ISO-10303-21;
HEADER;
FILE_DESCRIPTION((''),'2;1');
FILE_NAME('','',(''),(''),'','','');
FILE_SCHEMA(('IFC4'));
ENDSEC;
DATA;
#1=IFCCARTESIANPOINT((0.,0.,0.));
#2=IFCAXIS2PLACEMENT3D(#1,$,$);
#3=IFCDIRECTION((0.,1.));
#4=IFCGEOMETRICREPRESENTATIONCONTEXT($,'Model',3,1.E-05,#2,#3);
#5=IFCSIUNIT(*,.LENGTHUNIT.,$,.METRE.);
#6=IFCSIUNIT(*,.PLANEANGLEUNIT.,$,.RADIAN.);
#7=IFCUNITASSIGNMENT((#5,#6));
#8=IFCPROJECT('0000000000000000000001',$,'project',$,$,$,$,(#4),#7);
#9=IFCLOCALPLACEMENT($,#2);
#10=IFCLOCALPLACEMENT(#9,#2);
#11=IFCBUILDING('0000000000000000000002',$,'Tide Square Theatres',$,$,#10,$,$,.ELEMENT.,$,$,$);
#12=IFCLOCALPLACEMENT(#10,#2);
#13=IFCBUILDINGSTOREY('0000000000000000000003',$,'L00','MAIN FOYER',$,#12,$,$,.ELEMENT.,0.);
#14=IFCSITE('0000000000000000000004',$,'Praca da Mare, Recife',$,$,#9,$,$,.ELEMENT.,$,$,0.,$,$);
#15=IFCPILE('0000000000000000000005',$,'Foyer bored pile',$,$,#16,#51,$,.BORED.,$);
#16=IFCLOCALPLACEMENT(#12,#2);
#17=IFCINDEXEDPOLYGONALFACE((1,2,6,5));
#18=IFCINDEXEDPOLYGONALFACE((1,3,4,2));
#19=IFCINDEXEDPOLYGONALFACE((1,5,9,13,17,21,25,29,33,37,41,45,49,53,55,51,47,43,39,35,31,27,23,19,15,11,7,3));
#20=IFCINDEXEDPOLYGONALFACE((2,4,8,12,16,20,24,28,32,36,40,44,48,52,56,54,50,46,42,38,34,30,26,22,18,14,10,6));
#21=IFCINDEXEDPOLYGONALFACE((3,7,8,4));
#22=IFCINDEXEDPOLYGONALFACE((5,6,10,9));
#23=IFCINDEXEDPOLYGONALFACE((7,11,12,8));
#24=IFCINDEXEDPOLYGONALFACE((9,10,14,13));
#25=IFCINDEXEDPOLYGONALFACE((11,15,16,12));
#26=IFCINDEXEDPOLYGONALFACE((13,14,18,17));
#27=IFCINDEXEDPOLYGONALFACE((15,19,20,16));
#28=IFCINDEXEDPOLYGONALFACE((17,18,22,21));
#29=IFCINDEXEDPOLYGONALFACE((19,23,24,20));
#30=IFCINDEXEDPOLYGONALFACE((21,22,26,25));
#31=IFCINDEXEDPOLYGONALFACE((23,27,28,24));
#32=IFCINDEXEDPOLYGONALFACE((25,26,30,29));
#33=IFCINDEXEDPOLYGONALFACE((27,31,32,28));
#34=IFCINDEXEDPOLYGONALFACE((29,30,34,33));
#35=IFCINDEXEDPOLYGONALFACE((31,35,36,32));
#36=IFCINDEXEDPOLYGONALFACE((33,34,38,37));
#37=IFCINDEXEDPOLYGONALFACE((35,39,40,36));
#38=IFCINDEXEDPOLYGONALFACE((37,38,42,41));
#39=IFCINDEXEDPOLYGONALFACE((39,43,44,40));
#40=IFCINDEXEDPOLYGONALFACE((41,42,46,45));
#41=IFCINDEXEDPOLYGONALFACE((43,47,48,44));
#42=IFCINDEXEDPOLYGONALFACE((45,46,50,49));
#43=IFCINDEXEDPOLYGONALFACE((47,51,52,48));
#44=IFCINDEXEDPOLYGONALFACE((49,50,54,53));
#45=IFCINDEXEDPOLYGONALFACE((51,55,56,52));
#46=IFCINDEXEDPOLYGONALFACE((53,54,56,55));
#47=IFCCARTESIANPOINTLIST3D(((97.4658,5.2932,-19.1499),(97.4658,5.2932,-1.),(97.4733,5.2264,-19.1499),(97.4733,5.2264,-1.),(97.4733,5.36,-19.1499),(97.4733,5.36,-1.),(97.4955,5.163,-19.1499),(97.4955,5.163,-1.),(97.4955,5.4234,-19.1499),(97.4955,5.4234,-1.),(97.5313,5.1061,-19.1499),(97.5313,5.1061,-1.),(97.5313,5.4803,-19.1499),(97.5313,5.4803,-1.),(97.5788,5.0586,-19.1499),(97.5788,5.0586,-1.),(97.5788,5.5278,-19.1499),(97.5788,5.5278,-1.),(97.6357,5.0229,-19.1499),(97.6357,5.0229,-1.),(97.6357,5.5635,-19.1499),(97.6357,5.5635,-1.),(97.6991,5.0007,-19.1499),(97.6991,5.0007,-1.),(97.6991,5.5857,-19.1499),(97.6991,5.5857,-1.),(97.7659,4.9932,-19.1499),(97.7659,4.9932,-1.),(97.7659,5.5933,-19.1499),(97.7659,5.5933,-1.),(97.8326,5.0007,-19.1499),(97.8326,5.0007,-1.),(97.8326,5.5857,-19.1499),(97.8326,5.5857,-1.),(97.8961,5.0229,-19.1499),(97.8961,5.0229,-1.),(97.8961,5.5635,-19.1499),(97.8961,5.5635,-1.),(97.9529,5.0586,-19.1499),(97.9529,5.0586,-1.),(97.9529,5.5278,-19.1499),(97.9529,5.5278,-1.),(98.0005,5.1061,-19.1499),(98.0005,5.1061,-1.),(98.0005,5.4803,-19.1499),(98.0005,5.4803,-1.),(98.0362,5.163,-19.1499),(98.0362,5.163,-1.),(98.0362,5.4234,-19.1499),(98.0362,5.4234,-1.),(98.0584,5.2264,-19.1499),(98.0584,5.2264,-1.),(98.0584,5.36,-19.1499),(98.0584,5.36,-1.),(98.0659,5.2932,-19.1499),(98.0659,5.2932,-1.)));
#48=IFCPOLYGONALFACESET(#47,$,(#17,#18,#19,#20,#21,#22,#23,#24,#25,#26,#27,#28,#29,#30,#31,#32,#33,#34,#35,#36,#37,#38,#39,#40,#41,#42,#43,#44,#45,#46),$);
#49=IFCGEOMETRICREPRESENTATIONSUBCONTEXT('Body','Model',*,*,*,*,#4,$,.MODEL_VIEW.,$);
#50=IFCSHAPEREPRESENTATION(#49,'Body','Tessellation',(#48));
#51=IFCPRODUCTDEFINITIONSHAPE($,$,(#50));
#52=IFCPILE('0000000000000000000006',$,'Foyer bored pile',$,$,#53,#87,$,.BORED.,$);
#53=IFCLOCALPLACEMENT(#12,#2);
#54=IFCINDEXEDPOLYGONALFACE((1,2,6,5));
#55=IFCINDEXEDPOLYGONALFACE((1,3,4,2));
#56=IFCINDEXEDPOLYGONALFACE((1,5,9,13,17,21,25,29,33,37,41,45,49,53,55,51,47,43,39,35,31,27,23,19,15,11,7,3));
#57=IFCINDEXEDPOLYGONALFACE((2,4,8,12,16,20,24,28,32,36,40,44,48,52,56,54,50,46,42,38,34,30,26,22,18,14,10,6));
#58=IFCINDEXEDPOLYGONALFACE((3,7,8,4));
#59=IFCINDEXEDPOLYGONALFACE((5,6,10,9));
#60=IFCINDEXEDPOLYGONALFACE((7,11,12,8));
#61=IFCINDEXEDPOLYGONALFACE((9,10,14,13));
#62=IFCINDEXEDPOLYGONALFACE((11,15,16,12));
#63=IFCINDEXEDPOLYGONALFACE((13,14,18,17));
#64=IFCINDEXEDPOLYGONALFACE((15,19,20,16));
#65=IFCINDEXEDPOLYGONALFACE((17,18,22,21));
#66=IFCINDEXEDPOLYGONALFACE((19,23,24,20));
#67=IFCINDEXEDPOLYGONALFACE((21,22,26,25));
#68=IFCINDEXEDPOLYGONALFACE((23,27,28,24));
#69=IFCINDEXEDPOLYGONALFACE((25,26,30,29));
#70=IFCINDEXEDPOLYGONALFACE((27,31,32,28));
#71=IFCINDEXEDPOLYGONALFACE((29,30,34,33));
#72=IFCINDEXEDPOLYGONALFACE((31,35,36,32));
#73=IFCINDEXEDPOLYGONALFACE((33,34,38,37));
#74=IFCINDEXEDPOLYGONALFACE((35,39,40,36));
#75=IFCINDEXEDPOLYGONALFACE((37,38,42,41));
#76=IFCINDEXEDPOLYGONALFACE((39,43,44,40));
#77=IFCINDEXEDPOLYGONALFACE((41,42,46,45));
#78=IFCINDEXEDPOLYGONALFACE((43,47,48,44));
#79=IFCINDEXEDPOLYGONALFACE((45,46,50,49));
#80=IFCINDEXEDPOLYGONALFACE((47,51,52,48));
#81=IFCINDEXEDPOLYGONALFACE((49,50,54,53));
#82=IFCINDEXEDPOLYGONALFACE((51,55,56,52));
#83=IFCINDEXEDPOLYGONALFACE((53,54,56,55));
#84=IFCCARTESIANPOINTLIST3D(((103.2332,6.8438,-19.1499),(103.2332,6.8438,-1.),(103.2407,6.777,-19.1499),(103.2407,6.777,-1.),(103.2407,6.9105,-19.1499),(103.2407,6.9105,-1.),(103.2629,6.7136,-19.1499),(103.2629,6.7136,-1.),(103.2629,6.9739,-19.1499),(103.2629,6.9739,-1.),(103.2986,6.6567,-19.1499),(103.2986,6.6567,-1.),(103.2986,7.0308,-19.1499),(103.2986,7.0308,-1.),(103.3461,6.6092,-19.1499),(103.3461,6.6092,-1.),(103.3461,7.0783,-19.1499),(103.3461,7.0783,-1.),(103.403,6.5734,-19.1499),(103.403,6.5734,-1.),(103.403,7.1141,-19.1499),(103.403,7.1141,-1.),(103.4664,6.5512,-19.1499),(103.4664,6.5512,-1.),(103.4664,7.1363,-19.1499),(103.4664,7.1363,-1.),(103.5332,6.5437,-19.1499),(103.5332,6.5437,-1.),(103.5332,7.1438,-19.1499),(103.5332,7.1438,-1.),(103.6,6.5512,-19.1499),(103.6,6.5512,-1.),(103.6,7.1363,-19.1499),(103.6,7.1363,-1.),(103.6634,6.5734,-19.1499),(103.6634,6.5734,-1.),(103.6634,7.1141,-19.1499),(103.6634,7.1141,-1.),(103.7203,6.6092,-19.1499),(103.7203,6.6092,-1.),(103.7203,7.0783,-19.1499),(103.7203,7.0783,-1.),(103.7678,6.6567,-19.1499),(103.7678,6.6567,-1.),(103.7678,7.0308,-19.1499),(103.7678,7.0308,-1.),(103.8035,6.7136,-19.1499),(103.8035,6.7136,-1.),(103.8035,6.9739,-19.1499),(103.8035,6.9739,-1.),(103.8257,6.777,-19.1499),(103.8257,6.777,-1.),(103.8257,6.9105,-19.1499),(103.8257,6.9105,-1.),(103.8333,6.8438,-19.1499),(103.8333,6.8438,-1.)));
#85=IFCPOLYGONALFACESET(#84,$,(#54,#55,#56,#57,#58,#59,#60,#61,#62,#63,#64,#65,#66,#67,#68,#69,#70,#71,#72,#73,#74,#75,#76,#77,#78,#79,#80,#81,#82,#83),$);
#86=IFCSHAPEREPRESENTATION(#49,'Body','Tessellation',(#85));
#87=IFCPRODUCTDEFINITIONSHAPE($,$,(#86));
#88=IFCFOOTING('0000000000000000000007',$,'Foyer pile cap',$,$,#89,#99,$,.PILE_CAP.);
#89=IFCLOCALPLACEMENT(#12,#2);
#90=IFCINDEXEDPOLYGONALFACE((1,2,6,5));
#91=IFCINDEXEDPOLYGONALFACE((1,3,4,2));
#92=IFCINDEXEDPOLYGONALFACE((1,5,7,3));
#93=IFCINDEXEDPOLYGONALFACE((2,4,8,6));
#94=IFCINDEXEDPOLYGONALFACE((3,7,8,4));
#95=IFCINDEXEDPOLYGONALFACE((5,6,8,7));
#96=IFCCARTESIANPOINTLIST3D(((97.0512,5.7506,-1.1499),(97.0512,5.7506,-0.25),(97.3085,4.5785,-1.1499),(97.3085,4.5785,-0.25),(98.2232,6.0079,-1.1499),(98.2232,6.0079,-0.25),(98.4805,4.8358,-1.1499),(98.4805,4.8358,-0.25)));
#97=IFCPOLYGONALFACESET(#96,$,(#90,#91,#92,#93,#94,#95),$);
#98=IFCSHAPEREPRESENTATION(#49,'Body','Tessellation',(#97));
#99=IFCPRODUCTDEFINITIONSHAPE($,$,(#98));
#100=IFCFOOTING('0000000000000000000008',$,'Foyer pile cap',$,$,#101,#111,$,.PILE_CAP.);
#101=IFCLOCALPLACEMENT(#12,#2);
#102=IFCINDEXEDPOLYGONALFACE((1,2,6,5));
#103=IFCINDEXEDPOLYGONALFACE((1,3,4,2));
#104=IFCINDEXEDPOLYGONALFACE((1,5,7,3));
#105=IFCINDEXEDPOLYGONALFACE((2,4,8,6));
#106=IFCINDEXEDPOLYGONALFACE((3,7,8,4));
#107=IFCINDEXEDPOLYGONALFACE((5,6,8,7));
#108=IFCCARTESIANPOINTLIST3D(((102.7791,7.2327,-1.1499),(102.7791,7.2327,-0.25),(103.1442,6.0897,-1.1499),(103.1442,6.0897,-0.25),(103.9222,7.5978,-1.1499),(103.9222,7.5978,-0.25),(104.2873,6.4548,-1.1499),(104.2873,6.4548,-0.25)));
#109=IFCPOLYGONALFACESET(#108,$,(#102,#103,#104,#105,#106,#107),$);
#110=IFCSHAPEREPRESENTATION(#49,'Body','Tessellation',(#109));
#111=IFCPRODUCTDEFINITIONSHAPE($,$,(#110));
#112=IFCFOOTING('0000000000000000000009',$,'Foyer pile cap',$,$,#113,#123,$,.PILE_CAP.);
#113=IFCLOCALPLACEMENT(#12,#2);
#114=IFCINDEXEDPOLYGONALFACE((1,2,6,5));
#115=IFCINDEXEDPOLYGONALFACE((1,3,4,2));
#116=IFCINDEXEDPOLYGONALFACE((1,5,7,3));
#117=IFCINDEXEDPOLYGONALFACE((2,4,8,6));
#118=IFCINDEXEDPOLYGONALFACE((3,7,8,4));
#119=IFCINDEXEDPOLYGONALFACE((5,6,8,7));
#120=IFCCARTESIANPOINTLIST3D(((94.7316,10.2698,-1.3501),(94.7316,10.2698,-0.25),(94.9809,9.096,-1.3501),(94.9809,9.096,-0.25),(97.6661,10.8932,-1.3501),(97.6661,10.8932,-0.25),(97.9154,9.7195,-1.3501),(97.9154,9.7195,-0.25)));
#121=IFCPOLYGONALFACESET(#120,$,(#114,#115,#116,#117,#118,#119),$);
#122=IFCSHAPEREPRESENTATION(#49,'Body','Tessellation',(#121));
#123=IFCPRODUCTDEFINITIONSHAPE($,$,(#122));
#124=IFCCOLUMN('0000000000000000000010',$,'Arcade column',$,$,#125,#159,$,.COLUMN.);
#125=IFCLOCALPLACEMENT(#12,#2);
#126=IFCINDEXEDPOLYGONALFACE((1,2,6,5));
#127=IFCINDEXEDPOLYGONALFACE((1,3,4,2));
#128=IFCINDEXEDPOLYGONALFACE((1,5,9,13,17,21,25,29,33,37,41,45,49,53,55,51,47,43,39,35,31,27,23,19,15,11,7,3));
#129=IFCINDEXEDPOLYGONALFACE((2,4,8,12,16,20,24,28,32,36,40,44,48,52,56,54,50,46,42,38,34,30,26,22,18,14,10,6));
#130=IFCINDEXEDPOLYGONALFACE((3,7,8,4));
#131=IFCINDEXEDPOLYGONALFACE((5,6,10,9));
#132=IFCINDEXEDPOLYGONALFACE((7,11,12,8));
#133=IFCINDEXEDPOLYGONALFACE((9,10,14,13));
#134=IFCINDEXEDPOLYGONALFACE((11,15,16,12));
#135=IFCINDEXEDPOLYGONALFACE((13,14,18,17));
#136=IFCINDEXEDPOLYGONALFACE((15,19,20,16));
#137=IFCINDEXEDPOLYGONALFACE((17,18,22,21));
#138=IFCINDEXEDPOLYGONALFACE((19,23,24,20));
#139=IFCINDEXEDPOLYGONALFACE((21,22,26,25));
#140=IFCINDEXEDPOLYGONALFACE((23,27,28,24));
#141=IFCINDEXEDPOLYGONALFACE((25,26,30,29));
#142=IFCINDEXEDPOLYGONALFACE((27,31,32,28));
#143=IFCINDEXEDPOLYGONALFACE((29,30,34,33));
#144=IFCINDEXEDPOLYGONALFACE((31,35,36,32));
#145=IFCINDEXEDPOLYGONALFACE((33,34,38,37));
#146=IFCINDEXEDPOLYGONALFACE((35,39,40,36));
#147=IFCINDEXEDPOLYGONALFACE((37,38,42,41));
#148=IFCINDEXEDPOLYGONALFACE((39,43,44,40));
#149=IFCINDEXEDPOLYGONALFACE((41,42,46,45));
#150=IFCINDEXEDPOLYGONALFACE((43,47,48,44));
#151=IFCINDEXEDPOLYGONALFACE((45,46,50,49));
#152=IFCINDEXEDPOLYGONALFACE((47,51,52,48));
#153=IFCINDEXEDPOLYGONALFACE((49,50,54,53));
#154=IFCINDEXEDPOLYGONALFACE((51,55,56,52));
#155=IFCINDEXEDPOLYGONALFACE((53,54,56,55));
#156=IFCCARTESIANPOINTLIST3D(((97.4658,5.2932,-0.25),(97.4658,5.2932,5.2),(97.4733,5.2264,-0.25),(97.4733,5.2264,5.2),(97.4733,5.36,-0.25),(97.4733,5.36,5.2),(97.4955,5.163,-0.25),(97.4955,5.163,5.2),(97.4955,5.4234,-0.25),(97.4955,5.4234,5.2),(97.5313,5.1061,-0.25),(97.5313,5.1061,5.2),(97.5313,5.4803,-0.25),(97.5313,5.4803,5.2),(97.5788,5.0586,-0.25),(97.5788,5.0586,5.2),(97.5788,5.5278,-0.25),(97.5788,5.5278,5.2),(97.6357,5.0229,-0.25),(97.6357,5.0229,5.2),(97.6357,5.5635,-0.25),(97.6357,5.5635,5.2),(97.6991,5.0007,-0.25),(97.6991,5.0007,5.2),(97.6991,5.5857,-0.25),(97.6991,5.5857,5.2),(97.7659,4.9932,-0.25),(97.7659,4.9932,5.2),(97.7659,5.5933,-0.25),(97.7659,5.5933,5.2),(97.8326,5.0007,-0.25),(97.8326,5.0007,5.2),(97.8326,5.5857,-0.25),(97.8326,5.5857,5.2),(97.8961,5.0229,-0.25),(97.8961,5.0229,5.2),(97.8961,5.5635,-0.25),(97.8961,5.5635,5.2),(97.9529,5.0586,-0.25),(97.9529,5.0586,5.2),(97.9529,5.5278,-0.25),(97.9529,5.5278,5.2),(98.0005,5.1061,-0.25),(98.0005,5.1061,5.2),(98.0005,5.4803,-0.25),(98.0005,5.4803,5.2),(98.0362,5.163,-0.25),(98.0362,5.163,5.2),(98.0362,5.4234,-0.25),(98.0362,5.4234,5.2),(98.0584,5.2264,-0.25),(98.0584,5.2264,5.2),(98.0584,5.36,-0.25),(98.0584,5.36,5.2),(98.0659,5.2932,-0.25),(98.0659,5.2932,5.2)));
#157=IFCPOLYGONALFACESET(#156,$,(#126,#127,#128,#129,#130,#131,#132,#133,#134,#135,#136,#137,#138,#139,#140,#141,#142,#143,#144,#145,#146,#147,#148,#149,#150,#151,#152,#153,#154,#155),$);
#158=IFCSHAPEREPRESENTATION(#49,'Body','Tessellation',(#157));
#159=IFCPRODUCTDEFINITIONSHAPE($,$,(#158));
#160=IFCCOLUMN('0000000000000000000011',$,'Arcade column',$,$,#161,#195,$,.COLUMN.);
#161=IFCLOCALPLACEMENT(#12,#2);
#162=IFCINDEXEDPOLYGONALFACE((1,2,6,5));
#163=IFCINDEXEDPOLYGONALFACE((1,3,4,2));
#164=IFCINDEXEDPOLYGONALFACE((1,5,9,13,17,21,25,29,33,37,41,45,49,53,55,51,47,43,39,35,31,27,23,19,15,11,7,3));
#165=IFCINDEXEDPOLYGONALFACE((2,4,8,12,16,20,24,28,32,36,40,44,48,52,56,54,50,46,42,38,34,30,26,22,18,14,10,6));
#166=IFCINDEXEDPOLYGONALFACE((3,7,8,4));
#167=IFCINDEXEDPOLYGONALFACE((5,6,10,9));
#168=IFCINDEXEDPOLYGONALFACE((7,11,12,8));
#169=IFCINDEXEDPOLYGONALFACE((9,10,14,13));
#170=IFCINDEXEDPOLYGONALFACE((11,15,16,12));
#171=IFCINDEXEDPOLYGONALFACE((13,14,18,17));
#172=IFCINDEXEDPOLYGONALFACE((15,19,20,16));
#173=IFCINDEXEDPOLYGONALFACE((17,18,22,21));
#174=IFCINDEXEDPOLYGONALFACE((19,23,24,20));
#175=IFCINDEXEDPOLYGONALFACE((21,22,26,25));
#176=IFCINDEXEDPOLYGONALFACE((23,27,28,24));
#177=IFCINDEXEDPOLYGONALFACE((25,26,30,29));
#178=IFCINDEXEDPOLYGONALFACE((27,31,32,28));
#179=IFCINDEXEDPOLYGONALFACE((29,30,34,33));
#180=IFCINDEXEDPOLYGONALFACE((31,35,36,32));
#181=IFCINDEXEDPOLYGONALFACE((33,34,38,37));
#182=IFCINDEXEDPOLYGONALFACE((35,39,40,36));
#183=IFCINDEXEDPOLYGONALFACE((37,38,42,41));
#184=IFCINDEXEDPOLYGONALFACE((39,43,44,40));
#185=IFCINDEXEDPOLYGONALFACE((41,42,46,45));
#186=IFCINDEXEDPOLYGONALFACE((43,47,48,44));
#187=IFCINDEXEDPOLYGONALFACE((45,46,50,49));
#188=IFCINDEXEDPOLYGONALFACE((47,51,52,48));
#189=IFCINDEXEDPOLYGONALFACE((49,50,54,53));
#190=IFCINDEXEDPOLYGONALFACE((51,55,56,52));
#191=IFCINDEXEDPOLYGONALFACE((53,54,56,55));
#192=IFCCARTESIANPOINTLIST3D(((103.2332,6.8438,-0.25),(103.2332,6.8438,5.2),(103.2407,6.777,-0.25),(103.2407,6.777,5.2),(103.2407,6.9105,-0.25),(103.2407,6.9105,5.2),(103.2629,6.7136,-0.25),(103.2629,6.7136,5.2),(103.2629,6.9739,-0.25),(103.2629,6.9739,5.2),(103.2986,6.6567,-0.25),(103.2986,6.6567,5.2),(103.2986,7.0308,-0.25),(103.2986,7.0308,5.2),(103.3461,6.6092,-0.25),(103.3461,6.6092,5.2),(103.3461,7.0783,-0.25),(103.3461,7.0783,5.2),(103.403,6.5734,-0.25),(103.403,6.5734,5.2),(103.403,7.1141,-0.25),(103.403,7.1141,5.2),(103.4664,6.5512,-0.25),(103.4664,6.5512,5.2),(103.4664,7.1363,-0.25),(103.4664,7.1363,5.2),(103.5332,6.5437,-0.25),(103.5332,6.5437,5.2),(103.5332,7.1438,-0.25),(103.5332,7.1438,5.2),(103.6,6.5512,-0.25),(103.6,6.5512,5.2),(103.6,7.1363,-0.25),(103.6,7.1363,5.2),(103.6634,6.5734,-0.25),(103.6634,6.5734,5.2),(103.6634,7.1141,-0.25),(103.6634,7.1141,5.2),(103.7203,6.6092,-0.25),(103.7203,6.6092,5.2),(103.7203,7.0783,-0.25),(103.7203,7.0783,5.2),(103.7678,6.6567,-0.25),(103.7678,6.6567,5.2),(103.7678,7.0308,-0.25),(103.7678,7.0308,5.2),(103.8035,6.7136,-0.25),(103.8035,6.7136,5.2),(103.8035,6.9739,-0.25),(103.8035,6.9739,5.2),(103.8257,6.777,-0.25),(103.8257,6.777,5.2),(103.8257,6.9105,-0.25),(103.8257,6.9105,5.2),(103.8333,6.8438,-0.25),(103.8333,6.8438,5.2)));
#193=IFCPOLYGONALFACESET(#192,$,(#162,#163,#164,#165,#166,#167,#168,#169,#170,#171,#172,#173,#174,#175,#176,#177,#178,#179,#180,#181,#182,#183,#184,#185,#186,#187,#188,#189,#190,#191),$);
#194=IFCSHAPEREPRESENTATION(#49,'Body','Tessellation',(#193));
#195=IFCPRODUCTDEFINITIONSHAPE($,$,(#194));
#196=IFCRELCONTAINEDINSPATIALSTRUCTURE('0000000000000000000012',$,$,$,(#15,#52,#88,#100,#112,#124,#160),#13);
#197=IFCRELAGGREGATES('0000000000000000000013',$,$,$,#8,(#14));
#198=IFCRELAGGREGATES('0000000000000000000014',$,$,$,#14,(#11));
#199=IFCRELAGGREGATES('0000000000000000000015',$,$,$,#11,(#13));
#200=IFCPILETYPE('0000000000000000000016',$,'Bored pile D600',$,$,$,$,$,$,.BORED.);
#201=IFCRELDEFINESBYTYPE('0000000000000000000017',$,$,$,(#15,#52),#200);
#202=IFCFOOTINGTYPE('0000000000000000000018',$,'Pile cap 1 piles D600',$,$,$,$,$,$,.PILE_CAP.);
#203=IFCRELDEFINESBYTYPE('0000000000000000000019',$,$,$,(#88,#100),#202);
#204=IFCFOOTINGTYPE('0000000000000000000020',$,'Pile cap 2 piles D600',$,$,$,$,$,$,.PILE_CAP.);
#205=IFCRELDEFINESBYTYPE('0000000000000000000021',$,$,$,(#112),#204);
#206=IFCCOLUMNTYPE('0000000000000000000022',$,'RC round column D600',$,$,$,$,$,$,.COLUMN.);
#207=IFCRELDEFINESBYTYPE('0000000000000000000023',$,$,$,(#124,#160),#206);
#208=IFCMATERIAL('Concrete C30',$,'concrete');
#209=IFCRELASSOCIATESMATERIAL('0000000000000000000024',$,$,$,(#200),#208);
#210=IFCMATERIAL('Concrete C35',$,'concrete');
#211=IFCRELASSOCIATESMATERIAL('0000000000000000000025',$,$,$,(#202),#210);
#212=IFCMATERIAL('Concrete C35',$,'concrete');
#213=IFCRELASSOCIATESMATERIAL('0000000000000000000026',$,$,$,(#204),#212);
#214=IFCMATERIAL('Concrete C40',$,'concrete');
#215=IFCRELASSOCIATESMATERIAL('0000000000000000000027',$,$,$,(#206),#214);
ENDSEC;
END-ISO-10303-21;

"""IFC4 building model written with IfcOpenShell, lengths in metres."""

from ifc_helpers import new_model, si_unit, direction, frame, origin, origin_2d, place, context, subcontext, project, spatial, rectangle, circle, extrude, material, material_profile, profile_set, type_object, element, save


model = new_model("IFC4")

# Units and contexts
model_context = context("Model", 3, precision=1e-05, world=origin(), true_north=direction((0.0, 1.0)))
body_context = subcontext(model_context, "Body", "Model", "MODEL_VIEW")
ifc_project = project(units=[si_unit("LENGTHUNIT", "METRE"), si_unit("PLANEANGLEUNIT", "RADIAN")], contexts=[model_context])

# Site, building, storey
site_placement = place(None, origin())
site = spatial("IfcSite", under=ifc_project, at=site_placement, Name="Praca da Mare, Recife", CompositionType="ELEMENT", RefElevation=0.0)
building_placement = place(site_placement, origin())
building = spatial("IfcBuilding", under=site, at=building_placement, Name="Tide Square Theatres", CompositionType="ELEMENT")
storey_placement = place(building_placement, origin())
storey = spatial("IfcBuildingStorey", under=building, at=storey_placement, Name="L00", Description="MAIN FOYER", CompositionType="ELEMENT", Elevation=0.0)

# Piles
ifc_material_1 = material(Name="Concrete C30", Category="concrete")
ifc_material_profile_1 = material_profile(ifc_material_1, circle(Radius=0.3, at=origin_2d()))
ifc_profile_set_1 = profile_set([ifc_material_profile_1], Name="Concrete C30")
pile_type = type_object("IfcPileType", Name="Bored pile D600", PredefinedType="BORED", material=ifc_profile_set_1)
for number, where, z_axis, x_axis, name in (
    (1, (97.7659, 5.2932, -1.0), (0.0, 0.0, -1.0), (1.0, 0.0, 0.0), "Foyer bored pile"),
    (2, (103.5332, 6.8438, -1.0), (0.0, 0.0, -1.0), (1.0, 0.0, 0.0), "Foyer bored pile"),
):
    element("IfcPile", number, at=place(storey_placement, frame(where, z_axis=z_axis, x_axis=x_axis)), inside=storey, type_object=pile_type, Name=name, PredefinedType="BORED", context=body_context, shape_type="SweptSolid", body=[
        extrude(circle(Radius=0.3, at=origin_2d()), origin(), (0.0, 0.0, 1.0), 18.1499),
    ])

# Footings
ifc_material_2 = material(Name="Concrete C35", Category="concrete")
footing_type_1 = type_object("IfcFootingType", Name="Pile cap 1 piles D600", PredefinedType="PILE_CAP", material=ifc_material_2)
for number, where, z_axis, x_axis, name in (
    (3, (97.7659, 5.2932, -1.1499), (0.0, 0.0, 1.0), (0.976742, 0.21442, 0.0), "Foyer pile cap"),
    (4, (103.5332, 6.8438, -1.1499), (0.0, 0.0, 1.0), (0.95259, 0.304256, 0.0), "Foyer pile cap"),
):
    element("IfcFooting", number, at=place(storey_placement, frame(where, z_axis=z_axis, x_axis=x_axis)), inside=storey, type_object=footing_type_1, Name=name, PredefinedType="PILE_CAP", context=body_context, shape_type="SweptSolid", body=[
        extrude(rectangle(XDim=1.2, YDim=1.2, at=origin_2d()), origin(), (0.0, 0.0, 1.0), 0.8999),
    ])
ifc_material_3 = material(Name="Concrete C35", Category="concrete")
footing_type_2 = type_object("IfcFootingType", Name="Pile cap 2 piles D600", PredefinedType="PILE_CAP", material=ifc_material_3)
footing_placement = place(storey_placement, frame((96.3235, 9.9946, -1.3501), z_axis=(0.0, 0.0, 1.0), x_axis=(0.978168, 0.207814, 0.0)))
element("IfcFooting", 5, at=footing_placement, inside=storey, type_object=footing_type_2, Name="Foyer pile cap", PredefinedType="PILE_CAP", context=body_context, shape_type="SweptSolid", body=[
    extrude(rectangle(XDim=3.0, YDim=1.2, at=origin_2d()), origin(), (0.0, 0.0, 1.0), 1.1001),
])

# Columns
ifc_material_4 = material(Name="Concrete C40", Category="concrete")
ifc_material_profile_2 = material_profile(ifc_material_4, circle(Radius=0.3, at=origin_2d()))
ifc_profile_set_2 = profile_set([ifc_material_profile_2], Name="Concrete C40")
column_type = type_object("IfcColumnType", Name="RC round column D600", PredefinedType="COLUMN", material=ifc_profile_set_2)
for number, where, z_axis, x_axis, name in (
    (6, (97.7659, 5.2932, -0.25), (0.0, 0.0, 1.0), (1.0, 0.0, 0.0), "Arcade column"),
    (7, (103.5332, 6.8438, -0.25), (0.0, 0.0, 1.0), (1.0, 0.0, 0.0), "Arcade column"),
):
    element("IfcColumn", number, at=place(storey_placement, frame(where, z_axis=z_axis, x_axis=x_axis)), inside=storey, type_object=column_type, Name=name, PredefinedType="COLUMN", context=body_context, shape_type="SweptSolid", body=[
        extrude(circle(Radius=0.3, at=origin_2d()), origin(), (0.0, 0.0, 1.0), 5.45),
    ])

save(model, "model.ifc")
